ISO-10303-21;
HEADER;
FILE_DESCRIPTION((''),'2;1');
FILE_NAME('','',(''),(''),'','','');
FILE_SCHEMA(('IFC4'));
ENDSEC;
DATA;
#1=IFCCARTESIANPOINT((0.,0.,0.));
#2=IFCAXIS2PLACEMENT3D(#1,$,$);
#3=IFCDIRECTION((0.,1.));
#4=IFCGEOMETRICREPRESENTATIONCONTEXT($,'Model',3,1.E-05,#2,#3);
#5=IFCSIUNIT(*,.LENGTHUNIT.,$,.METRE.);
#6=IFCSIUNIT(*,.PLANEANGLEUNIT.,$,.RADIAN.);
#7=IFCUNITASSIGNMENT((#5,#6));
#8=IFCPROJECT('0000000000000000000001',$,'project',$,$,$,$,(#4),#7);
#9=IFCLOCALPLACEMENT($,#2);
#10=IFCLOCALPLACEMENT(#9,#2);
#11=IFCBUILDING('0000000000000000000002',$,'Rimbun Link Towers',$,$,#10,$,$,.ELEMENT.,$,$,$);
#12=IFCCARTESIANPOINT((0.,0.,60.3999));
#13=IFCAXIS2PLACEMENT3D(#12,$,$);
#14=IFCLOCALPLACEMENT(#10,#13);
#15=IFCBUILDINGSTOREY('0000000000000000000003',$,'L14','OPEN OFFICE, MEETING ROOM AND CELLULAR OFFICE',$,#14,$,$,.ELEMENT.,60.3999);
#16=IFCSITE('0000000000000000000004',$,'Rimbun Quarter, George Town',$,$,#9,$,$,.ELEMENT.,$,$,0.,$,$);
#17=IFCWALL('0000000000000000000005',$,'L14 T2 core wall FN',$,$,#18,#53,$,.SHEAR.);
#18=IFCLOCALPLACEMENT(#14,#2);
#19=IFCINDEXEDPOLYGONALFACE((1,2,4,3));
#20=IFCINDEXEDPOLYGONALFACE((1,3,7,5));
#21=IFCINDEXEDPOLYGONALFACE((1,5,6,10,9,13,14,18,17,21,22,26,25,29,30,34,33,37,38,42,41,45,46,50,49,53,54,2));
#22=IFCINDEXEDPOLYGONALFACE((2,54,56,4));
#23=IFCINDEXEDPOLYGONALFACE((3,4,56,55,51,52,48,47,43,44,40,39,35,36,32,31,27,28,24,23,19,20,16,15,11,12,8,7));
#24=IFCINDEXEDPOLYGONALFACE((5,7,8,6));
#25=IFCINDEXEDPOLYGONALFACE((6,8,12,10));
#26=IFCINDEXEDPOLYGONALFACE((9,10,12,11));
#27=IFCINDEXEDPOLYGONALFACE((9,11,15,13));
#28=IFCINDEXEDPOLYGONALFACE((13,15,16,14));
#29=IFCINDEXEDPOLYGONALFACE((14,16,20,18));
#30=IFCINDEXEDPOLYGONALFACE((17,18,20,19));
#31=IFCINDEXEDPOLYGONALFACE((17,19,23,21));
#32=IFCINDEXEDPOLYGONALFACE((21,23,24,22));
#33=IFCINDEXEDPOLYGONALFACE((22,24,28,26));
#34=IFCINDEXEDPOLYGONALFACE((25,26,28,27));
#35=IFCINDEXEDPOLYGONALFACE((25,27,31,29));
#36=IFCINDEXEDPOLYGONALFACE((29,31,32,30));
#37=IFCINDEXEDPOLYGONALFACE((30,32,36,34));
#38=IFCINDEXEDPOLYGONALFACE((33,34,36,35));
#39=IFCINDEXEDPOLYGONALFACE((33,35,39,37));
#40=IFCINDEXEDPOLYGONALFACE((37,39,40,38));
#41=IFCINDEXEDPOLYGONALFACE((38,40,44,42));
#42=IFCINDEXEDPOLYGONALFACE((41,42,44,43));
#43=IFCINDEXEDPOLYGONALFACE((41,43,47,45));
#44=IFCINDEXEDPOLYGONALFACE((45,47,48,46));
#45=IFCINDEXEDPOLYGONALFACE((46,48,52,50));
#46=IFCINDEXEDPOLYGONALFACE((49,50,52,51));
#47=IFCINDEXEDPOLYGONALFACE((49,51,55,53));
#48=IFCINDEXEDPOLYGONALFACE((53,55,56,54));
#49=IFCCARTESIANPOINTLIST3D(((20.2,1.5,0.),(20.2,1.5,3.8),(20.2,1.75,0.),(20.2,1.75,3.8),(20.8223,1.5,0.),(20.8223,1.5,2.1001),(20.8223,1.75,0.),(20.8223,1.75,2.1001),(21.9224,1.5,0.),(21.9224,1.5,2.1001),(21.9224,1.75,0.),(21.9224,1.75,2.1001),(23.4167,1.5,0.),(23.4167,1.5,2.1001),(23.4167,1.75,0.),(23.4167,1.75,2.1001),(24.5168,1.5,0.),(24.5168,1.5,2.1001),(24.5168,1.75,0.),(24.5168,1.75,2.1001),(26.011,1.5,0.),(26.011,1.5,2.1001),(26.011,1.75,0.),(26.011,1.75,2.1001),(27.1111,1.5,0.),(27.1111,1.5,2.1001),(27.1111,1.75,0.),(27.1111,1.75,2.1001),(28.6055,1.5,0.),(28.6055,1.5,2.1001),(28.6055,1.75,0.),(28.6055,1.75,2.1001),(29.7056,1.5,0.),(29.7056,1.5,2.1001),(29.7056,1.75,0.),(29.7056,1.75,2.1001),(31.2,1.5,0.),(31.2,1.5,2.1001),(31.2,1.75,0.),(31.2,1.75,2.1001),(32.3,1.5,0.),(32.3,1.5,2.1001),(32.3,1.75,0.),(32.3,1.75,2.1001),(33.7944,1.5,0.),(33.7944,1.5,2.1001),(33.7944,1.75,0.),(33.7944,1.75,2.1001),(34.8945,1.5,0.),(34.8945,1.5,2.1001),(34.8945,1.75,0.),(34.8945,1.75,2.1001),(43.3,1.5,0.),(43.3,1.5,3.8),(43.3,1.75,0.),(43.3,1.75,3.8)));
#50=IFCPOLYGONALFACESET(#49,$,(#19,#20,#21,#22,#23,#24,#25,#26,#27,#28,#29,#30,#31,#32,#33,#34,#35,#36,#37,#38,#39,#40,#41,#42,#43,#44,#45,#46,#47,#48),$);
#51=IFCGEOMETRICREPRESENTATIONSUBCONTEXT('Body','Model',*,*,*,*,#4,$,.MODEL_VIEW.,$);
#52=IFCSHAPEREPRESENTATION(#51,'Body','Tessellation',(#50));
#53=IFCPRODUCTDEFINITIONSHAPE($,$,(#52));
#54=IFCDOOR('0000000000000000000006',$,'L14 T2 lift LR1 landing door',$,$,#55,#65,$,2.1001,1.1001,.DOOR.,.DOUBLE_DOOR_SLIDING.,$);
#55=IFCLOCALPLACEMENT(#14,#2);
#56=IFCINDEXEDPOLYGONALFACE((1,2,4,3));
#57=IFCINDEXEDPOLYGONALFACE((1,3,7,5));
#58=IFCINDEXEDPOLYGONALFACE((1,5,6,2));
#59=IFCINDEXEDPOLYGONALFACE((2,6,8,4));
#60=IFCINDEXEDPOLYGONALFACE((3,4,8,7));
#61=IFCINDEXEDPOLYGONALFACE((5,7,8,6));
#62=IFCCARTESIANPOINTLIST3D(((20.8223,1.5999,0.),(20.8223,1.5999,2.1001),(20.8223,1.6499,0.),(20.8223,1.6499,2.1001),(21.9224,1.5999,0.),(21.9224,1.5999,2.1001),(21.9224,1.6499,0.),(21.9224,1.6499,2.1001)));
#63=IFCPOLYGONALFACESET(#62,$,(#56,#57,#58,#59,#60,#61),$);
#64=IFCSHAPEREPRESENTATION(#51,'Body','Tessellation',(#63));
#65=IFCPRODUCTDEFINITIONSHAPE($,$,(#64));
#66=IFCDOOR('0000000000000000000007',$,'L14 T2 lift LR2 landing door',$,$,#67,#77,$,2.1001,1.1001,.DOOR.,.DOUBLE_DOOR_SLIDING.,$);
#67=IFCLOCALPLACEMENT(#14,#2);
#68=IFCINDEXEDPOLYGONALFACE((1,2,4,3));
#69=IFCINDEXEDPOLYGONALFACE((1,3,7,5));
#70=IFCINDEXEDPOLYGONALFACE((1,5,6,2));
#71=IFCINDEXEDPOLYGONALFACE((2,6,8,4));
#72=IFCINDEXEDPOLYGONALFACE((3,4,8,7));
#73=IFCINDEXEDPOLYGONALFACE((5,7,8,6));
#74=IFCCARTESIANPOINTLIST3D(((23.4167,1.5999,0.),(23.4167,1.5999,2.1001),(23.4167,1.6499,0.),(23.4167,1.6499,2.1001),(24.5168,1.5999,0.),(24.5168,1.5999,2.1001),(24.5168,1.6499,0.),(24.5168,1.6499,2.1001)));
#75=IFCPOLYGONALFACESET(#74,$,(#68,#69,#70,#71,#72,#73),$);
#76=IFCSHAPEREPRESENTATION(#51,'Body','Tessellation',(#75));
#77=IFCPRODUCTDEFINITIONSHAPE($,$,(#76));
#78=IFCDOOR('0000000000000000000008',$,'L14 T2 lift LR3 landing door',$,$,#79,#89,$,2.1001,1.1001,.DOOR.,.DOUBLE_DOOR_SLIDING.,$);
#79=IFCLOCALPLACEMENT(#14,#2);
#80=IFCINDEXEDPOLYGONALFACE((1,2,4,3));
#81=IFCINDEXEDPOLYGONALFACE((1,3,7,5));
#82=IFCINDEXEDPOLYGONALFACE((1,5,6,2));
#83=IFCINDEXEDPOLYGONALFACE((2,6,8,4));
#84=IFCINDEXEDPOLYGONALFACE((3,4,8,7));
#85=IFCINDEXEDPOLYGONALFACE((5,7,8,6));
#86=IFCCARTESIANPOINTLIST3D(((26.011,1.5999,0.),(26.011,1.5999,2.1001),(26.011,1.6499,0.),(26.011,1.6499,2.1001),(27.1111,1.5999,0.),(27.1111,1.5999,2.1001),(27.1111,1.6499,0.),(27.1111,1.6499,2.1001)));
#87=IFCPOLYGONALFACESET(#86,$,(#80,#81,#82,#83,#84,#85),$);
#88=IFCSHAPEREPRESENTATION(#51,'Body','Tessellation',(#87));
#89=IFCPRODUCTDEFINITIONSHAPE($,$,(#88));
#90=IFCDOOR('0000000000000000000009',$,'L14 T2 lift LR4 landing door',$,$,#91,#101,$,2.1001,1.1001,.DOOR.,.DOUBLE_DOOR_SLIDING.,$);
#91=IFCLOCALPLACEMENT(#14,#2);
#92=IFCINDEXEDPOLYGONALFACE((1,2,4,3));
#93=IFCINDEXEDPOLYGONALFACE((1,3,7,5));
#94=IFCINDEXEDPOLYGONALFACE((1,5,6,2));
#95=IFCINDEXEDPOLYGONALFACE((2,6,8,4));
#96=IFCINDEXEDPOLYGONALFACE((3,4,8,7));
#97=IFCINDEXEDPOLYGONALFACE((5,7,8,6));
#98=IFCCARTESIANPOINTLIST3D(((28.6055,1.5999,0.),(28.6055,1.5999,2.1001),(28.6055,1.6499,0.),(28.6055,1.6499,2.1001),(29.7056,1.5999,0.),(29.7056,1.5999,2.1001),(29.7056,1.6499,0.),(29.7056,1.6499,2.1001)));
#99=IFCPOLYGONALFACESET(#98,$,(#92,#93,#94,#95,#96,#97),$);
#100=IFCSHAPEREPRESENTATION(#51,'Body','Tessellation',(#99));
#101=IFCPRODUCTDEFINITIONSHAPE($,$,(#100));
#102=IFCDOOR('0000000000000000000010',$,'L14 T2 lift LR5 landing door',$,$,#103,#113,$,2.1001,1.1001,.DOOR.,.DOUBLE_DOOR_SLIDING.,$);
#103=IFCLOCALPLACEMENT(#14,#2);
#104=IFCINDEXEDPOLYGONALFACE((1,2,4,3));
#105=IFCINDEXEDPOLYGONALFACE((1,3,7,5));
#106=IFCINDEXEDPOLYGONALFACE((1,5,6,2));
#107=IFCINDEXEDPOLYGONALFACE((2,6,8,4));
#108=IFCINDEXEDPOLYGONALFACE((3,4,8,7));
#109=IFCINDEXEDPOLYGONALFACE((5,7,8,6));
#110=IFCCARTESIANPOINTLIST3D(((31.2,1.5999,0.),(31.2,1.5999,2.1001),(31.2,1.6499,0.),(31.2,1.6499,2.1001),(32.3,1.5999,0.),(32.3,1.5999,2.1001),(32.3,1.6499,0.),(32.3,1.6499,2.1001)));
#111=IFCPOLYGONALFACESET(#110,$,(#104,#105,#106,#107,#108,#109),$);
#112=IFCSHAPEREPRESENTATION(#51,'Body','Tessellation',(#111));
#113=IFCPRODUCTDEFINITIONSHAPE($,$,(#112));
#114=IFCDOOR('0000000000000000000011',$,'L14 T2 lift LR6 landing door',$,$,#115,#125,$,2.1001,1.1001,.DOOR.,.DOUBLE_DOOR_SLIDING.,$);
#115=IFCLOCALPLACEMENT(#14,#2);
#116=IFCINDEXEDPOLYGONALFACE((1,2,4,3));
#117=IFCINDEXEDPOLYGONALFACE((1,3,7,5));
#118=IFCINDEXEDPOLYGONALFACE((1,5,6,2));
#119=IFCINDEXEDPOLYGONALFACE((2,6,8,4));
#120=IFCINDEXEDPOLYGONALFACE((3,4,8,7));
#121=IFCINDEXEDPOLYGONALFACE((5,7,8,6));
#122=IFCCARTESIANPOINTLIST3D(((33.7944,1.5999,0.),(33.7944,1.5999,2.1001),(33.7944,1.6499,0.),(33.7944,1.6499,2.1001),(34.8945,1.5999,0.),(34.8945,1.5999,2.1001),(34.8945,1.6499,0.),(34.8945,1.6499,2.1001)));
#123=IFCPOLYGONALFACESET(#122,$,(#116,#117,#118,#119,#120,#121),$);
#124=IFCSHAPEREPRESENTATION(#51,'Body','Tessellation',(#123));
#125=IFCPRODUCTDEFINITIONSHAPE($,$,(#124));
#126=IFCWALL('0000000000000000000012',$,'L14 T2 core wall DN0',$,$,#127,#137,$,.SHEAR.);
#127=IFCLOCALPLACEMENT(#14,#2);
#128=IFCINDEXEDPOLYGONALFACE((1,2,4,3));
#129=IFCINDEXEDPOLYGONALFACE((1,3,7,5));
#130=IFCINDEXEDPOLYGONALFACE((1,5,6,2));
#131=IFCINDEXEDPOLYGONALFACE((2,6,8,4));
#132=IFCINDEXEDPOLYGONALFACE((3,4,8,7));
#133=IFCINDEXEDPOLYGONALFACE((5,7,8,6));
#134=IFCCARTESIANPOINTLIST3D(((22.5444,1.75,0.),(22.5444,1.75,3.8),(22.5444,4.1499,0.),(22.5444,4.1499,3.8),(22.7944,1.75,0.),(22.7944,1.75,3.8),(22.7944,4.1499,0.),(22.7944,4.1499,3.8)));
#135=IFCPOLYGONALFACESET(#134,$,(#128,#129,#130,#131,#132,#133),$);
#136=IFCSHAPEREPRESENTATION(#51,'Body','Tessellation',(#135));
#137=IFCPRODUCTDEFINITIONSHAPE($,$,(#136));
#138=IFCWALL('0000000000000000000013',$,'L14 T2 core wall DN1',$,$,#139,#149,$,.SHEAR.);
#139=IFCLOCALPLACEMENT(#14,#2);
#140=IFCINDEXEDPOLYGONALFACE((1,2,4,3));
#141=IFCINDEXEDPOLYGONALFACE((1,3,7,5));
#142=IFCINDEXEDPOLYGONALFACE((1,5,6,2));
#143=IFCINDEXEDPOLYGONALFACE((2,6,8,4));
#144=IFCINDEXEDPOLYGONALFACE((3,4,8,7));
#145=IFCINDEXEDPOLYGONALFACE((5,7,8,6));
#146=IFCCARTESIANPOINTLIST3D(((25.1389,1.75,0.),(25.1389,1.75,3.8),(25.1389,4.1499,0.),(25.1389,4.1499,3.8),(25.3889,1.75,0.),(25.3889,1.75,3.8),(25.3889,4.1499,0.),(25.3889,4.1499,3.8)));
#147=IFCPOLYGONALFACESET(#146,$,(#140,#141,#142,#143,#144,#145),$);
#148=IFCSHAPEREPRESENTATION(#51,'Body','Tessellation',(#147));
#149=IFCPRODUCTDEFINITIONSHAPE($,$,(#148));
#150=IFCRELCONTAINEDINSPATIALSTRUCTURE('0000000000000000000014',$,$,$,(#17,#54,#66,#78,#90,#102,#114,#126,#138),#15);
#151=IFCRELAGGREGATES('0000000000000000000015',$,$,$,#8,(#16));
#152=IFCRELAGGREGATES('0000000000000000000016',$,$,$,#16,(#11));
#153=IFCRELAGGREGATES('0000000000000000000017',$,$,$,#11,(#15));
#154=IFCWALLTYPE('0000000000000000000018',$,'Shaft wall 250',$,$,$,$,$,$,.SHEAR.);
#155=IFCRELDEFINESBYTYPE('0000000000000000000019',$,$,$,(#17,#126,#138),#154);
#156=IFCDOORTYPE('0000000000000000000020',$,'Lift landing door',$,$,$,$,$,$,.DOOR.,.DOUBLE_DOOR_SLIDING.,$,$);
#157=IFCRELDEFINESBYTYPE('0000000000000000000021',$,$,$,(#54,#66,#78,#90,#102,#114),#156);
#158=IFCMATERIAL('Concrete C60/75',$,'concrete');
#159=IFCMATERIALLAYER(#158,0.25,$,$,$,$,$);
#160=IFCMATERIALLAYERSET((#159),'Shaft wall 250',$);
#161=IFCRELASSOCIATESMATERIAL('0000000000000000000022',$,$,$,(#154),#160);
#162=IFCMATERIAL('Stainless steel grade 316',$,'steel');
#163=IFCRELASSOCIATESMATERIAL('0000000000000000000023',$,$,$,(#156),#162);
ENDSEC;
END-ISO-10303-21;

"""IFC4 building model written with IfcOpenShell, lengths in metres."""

from ifc_helpers import new_model, si_unit, direction, frame, frame_2d, origin, place, context, subcontext, project, spatial, rectangle, extrude, material, layer, layer_set, type_object, element, fill, save


model = new_model("IFC4")

# Units and contexts
model_context = context("Model", 3, precision=1e-05, world=origin(), true_north=direction((0.0, 1.0)))
body_context = subcontext(model_context, "Body", "Model", "MODEL_VIEW")
ifc_project = project(units=[si_unit("LENGTHUNIT", "METRE"), si_unit("PLANEANGLEUNIT", "RADIAN")], contexts=[model_context])

# Site, building, storey
site_placement = place(None, origin())
site = spatial("IfcSite", under=ifc_project, at=site_placement, Name="Rimbun Quarter, George Town", CompositionType="ELEMENT", RefElevation=0.0)
building_placement = place(site_placement, origin())
building = spatial("IfcBuilding", under=site, at=building_placement, Name="Rimbun Link Towers", CompositionType="ELEMENT")
storey_placement = place(building_placement, frame((0.0, 0.0, 60.3999)))
storey = spatial("IfcBuildingStorey", under=building, at=storey_placement, Name="L14", Description="OPEN OFFICE, MEETING ROOM AND CELLULAR OFFICE", CompositionType="ELEMENT", Elevation=60.3999)

# Shared definitions
ifc_material_1 = material(Name="Concrete C60/75", Category="concrete")
ifc_layer = layer(ifc_material_1, 0.25)
ifc_layer_set = layer_set([ifc_layer], Name="Shaft wall 250")
wall_type = type_object("IfcWallType", Name="Shaft wall 250", PredefinedType="SHEAR", material=ifc_layer_set)

# Wall, openings, doors
wall_1_placement = place(storey_placement, frame((20.2, 1.625, 0.0), z_axis=(0.0, 0.0, 1.0), x_axis=(1.0, 0.0, 0.0)))
wall_1 = element("IfcWall", 1, at=wall_1_placement, inside=storey, type_object=wall_type, Name="L14 T2 core wall FN", PredefinedType="SHEAR", context=body_context, shape_type="SweptSolid", body=[
    extrude(rectangle(XDim=23.1001, YDim=0.25, at=frame_2d((11.55, 0.0))), origin(), (0.0, 0.0, 1.0), 3.8),
])
opening_1_placement = place(wall_1_placement, frame((0.6223, 0.0, 0.0)))
opening_1 = element("IfcOpeningElement", 2, at=opening_1_placement, cuts=wall_1, PredefinedType="OPENING", context=body_context, shape_type="SweptSolid", body=[
    extrude(rectangle(XDim=1.1001, YDim=2.1001, at=frame_2d((0.55, 1.05))), frame((0.0, 0.135, 0.0), z_axis=(0.0, -1.0, 0.0), x_axis=(1.0, 0.0, 0.0)), (0.0, 0.0, 1.0), 0.27),
])
opening_2_placement = place(wall_1_placement, frame((3.2168, 0.0, 0.0)))
opening_2 = element("IfcOpeningElement", 3, at=opening_2_placement, cuts=wall_1, PredefinedType="OPENING", context=body_context, shape_type="SweptSolid", body=[
    extrude(rectangle(XDim=1.1001, YDim=2.1001, at=frame_2d((0.55, 1.05))), frame((0.0, 0.135, 0.0), z_axis=(0.0, -1.0, 0.0), x_axis=(1.0, 0.0, 0.0)), (0.0, 0.0, 1.0), 0.27),
])
opening_3_placement = place(wall_1_placement, frame((5.811, 0.0, 0.0)))
opening_3 = element("IfcOpeningElement", 4, at=opening_3_placement, cuts=wall_1, PredefinedType="OPENING", context=body_context, shape_type="SweptSolid", body=[
    extrude(rectangle(XDim=1.1001, YDim=2.1001, at=frame_2d((0.55, 1.05))), frame((0.0, 0.135, 0.0), z_axis=(0.0, -1.0, 0.0), x_axis=(1.0, 0.0, 0.0)), (0.0, 0.0, 1.0), 0.27),
])
opening_4_placement = place(wall_1_placement, frame((8.4055, 0.0, 0.0)))
opening_4 = element("IfcOpeningElement", 5, at=opening_4_placement, cuts=wall_1, PredefinedType="OPENING", context=body_context, shape_type="SweptSolid", body=[
    extrude(rectangle(XDim=1.1001, YDim=2.1001, at=frame_2d((0.55, 1.05))), frame((0.0, 0.135, 0.0), z_axis=(0.0, -1.0, 0.0), x_axis=(1.0, 0.0, 0.0)), (0.0, 0.0, 1.0), 0.27),
])
opening_5_placement = place(wall_1_placement, frame((11.0, 0.0, 0.0)))
opening_5 = element("IfcOpeningElement", 6, at=opening_5_placement, cuts=wall_1, PredefinedType="OPENING", context=body_context, shape_type="SweptSolid", body=[
    extrude(rectangle(XDim=1.1001, YDim=2.1001, at=frame_2d((0.55, 1.05))), frame((0.0, 0.135, 0.0), z_axis=(0.0, -1.0, 0.0), x_axis=(1.0, 0.0, 0.0)), (0.0, 0.0, 1.0), 0.27),
])
opening_6_placement = place(wall_1_placement, frame((13.5945, 0.0, 0.0)))
opening_6 = element("IfcOpeningElement", 7, at=opening_6_placement, cuts=wall_1, PredefinedType="OPENING", context=body_context, shape_type="SweptSolid", body=[
    extrude(rectangle(XDim=1.1001, YDim=2.1001, at=frame_2d((0.55, 1.05))), frame((0.0, 0.135, 0.0), z_axis=(0.0, -1.0, 0.0), x_axis=(1.0, 0.0, 0.0)), (0.0, 0.0, 1.0), 0.27),
])
ifc_material_2 = material(Name="Stainless steel grade 316", Category="steel")
door_type = type_object("IfcDoorType", Name="Lift landing door", OperationType="DOUBLE_DOOR_SLIDING", PredefinedType="DOOR", material=ifc_material_2)
door_1_placement = place(opening_1_placement, origin())
door_1 = element("IfcDoor", 8, at=door_1_placement, inside=storey, type_object=door_type, Name="L14 T2 lift LR1 landing door", OperationType="DOUBLE_DOOR_SLIDING", OverallHeight=2.1001, OverallWidth=1.1001, PredefinedType="DOOR", context=body_context, shape_type="SweptSolid", body=[
    extrude(rectangle(XDim=1.1001, YDim=2.1001, at=frame_2d((0.55, 1.05))), frame((0.0, 0.0249, 0.0), z_axis=(0.0, -1.0, 0.0), x_axis=(1.0, 0.0, 0.0)), (0.0, 0.0, 1.0), 0.05),
])
fill(opening_1, door_1)
door_2_placement = place(opening_2_placement, origin())
door_2 = element("IfcDoor", 9, at=door_2_placement, inside=storey, type_object=door_type, Name="L14 T2 lift LR2 landing door", OperationType="DOUBLE_DOOR_SLIDING", OverallHeight=2.1001, OverallWidth=1.1001, PredefinedType="DOOR", context=body_context, shape_type="SweptSolid", body=[
    extrude(rectangle(XDim=1.1001, YDim=2.1001, at=frame_2d((0.55, 1.05))), frame((0.0, 0.0249, 0.0), z_axis=(0.0, -1.0, 0.0), x_axis=(1.0, 0.0, 0.0)), (0.0, 0.0, 1.0), 0.05),
])
fill(opening_2, door_2)
door_3_placement = place(opening_3_placement, origin())
door_3 = element("IfcDoor", 10, at=door_3_placement, inside=storey, type_object=door_type, Name="L14 T2 lift LR3 landing door", OperationType="DOUBLE_DOOR_SLIDING", OverallHeight=2.1001, OverallWidth=1.1001, PredefinedType="DOOR", context=body_context, shape_type="SweptSolid", body=[
    extrude(rectangle(XDim=1.1001, YDim=2.1001, at=frame_2d((0.55, 1.05))), frame((0.0, 0.0249, 0.0), z_axis=(0.0, -1.0, 0.0), x_axis=(1.0, 0.0, 0.0)), (0.0, 0.0, 1.0), 0.05),
])
fill(opening_3, door_3)
door_4_placement = place(opening_4_placement, origin())
door_4 = element("IfcDoor", 11, at=door_4_placement, inside=storey, type_object=door_type, Name="L14 T2 lift LR4 landing door", OperationType="DOUBLE_DOOR_SLIDING", OverallHeight=2.1001, OverallWidth=1.1001, PredefinedType="DOOR", context=body_context, shape_type="SweptSolid", body=[
    extrude(rectangle(XDim=1.1001, YDim=2.1001, at=frame_2d((0.55, 1.05))), frame((0.0, 0.0249, 0.0), z_axis=(0.0, -1.0, 0.0), x_axis=(1.0, 0.0, 0.0)), (0.0, 0.0, 1.0), 0.05),
])
fill(opening_4, door_4)
door_5_placement = place(opening_5_placement, origin())
door_5 = element("IfcDoor", 12, at=door_5_placement, inside=storey, type_object=door_type, Name="L14 T2 lift LR5 landing door", OperationType="DOUBLE_DOOR_SLIDING", OverallHeight=2.1001, OverallWidth=1.1001, PredefinedType="DOOR", context=body_context, shape_type="SweptSolid", body=[
    extrude(rectangle(XDim=1.1001, YDim=2.1001, at=frame_2d((0.55, 1.05))), frame((0.0, 0.0249, 0.0), z_axis=(0.0, -1.0, 0.0), x_axis=(1.0, 0.0, 0.0)), (0.0, 0.0, 1.0), 0.05),
])
fill(opening_5, door_5)
door_6_placement = place(opening_6_placement, origin())
door_6 = element("IfcDoor", 13, at=door_6_placement, inside=storey, type_object=door_type, Name="L14 T2 lift LR6 landing door", OperationType="DOUBLE_DOOR_SLIDING", OverallHeight=2.1001, OverallWidth=1.1001, PredefinedType="DOOR", context=body_context, shape_type="SweptSolid", body=[
    extrude(rectangle(XDim=1.1001, YDim=2.1001, at=frame_2d((0.55, 1.05))), frame((0.0, 0.0249, 0.0), z_axis=(0.0, -1.0, 0.0), x_axis=(1.0, 0.0, 0.0)), (0.0, 0.0, 1.0), 0.05),
])
fill(opening_6, door_6)

# Walls
for number, where, z_axis, x_axis, name in (
    (14, (22.6694, 1.75, 0.0), (0.0, 0.0, 1.0), (0.0, 1.0, 0.0), "L14 T2 core wall DN0"),
    (15, (25.2639, 1.75, 0.0), (0.0, 0.0, 1.0), (0.0, 1.0, 0.0), "L14 T2 core wall DN1"),
):
    element("IfcWall", number, at=place(storey_placement, frame(where, z_axis=z_axis, x_axis=x_axis)), inside=storey, type_object=wall_type, Name=name, PredefinedType="SHEAR", context=body_context, shape_type="SweptSolid", body=[
        extrude(rectangle(XDim=2.3999, YDim=0.25, at=frame_2d((1.2, 0.0))), origin(), (0.0, 0.0, 1.0), 3.8),
    ])

save(model, "model.ifc")
